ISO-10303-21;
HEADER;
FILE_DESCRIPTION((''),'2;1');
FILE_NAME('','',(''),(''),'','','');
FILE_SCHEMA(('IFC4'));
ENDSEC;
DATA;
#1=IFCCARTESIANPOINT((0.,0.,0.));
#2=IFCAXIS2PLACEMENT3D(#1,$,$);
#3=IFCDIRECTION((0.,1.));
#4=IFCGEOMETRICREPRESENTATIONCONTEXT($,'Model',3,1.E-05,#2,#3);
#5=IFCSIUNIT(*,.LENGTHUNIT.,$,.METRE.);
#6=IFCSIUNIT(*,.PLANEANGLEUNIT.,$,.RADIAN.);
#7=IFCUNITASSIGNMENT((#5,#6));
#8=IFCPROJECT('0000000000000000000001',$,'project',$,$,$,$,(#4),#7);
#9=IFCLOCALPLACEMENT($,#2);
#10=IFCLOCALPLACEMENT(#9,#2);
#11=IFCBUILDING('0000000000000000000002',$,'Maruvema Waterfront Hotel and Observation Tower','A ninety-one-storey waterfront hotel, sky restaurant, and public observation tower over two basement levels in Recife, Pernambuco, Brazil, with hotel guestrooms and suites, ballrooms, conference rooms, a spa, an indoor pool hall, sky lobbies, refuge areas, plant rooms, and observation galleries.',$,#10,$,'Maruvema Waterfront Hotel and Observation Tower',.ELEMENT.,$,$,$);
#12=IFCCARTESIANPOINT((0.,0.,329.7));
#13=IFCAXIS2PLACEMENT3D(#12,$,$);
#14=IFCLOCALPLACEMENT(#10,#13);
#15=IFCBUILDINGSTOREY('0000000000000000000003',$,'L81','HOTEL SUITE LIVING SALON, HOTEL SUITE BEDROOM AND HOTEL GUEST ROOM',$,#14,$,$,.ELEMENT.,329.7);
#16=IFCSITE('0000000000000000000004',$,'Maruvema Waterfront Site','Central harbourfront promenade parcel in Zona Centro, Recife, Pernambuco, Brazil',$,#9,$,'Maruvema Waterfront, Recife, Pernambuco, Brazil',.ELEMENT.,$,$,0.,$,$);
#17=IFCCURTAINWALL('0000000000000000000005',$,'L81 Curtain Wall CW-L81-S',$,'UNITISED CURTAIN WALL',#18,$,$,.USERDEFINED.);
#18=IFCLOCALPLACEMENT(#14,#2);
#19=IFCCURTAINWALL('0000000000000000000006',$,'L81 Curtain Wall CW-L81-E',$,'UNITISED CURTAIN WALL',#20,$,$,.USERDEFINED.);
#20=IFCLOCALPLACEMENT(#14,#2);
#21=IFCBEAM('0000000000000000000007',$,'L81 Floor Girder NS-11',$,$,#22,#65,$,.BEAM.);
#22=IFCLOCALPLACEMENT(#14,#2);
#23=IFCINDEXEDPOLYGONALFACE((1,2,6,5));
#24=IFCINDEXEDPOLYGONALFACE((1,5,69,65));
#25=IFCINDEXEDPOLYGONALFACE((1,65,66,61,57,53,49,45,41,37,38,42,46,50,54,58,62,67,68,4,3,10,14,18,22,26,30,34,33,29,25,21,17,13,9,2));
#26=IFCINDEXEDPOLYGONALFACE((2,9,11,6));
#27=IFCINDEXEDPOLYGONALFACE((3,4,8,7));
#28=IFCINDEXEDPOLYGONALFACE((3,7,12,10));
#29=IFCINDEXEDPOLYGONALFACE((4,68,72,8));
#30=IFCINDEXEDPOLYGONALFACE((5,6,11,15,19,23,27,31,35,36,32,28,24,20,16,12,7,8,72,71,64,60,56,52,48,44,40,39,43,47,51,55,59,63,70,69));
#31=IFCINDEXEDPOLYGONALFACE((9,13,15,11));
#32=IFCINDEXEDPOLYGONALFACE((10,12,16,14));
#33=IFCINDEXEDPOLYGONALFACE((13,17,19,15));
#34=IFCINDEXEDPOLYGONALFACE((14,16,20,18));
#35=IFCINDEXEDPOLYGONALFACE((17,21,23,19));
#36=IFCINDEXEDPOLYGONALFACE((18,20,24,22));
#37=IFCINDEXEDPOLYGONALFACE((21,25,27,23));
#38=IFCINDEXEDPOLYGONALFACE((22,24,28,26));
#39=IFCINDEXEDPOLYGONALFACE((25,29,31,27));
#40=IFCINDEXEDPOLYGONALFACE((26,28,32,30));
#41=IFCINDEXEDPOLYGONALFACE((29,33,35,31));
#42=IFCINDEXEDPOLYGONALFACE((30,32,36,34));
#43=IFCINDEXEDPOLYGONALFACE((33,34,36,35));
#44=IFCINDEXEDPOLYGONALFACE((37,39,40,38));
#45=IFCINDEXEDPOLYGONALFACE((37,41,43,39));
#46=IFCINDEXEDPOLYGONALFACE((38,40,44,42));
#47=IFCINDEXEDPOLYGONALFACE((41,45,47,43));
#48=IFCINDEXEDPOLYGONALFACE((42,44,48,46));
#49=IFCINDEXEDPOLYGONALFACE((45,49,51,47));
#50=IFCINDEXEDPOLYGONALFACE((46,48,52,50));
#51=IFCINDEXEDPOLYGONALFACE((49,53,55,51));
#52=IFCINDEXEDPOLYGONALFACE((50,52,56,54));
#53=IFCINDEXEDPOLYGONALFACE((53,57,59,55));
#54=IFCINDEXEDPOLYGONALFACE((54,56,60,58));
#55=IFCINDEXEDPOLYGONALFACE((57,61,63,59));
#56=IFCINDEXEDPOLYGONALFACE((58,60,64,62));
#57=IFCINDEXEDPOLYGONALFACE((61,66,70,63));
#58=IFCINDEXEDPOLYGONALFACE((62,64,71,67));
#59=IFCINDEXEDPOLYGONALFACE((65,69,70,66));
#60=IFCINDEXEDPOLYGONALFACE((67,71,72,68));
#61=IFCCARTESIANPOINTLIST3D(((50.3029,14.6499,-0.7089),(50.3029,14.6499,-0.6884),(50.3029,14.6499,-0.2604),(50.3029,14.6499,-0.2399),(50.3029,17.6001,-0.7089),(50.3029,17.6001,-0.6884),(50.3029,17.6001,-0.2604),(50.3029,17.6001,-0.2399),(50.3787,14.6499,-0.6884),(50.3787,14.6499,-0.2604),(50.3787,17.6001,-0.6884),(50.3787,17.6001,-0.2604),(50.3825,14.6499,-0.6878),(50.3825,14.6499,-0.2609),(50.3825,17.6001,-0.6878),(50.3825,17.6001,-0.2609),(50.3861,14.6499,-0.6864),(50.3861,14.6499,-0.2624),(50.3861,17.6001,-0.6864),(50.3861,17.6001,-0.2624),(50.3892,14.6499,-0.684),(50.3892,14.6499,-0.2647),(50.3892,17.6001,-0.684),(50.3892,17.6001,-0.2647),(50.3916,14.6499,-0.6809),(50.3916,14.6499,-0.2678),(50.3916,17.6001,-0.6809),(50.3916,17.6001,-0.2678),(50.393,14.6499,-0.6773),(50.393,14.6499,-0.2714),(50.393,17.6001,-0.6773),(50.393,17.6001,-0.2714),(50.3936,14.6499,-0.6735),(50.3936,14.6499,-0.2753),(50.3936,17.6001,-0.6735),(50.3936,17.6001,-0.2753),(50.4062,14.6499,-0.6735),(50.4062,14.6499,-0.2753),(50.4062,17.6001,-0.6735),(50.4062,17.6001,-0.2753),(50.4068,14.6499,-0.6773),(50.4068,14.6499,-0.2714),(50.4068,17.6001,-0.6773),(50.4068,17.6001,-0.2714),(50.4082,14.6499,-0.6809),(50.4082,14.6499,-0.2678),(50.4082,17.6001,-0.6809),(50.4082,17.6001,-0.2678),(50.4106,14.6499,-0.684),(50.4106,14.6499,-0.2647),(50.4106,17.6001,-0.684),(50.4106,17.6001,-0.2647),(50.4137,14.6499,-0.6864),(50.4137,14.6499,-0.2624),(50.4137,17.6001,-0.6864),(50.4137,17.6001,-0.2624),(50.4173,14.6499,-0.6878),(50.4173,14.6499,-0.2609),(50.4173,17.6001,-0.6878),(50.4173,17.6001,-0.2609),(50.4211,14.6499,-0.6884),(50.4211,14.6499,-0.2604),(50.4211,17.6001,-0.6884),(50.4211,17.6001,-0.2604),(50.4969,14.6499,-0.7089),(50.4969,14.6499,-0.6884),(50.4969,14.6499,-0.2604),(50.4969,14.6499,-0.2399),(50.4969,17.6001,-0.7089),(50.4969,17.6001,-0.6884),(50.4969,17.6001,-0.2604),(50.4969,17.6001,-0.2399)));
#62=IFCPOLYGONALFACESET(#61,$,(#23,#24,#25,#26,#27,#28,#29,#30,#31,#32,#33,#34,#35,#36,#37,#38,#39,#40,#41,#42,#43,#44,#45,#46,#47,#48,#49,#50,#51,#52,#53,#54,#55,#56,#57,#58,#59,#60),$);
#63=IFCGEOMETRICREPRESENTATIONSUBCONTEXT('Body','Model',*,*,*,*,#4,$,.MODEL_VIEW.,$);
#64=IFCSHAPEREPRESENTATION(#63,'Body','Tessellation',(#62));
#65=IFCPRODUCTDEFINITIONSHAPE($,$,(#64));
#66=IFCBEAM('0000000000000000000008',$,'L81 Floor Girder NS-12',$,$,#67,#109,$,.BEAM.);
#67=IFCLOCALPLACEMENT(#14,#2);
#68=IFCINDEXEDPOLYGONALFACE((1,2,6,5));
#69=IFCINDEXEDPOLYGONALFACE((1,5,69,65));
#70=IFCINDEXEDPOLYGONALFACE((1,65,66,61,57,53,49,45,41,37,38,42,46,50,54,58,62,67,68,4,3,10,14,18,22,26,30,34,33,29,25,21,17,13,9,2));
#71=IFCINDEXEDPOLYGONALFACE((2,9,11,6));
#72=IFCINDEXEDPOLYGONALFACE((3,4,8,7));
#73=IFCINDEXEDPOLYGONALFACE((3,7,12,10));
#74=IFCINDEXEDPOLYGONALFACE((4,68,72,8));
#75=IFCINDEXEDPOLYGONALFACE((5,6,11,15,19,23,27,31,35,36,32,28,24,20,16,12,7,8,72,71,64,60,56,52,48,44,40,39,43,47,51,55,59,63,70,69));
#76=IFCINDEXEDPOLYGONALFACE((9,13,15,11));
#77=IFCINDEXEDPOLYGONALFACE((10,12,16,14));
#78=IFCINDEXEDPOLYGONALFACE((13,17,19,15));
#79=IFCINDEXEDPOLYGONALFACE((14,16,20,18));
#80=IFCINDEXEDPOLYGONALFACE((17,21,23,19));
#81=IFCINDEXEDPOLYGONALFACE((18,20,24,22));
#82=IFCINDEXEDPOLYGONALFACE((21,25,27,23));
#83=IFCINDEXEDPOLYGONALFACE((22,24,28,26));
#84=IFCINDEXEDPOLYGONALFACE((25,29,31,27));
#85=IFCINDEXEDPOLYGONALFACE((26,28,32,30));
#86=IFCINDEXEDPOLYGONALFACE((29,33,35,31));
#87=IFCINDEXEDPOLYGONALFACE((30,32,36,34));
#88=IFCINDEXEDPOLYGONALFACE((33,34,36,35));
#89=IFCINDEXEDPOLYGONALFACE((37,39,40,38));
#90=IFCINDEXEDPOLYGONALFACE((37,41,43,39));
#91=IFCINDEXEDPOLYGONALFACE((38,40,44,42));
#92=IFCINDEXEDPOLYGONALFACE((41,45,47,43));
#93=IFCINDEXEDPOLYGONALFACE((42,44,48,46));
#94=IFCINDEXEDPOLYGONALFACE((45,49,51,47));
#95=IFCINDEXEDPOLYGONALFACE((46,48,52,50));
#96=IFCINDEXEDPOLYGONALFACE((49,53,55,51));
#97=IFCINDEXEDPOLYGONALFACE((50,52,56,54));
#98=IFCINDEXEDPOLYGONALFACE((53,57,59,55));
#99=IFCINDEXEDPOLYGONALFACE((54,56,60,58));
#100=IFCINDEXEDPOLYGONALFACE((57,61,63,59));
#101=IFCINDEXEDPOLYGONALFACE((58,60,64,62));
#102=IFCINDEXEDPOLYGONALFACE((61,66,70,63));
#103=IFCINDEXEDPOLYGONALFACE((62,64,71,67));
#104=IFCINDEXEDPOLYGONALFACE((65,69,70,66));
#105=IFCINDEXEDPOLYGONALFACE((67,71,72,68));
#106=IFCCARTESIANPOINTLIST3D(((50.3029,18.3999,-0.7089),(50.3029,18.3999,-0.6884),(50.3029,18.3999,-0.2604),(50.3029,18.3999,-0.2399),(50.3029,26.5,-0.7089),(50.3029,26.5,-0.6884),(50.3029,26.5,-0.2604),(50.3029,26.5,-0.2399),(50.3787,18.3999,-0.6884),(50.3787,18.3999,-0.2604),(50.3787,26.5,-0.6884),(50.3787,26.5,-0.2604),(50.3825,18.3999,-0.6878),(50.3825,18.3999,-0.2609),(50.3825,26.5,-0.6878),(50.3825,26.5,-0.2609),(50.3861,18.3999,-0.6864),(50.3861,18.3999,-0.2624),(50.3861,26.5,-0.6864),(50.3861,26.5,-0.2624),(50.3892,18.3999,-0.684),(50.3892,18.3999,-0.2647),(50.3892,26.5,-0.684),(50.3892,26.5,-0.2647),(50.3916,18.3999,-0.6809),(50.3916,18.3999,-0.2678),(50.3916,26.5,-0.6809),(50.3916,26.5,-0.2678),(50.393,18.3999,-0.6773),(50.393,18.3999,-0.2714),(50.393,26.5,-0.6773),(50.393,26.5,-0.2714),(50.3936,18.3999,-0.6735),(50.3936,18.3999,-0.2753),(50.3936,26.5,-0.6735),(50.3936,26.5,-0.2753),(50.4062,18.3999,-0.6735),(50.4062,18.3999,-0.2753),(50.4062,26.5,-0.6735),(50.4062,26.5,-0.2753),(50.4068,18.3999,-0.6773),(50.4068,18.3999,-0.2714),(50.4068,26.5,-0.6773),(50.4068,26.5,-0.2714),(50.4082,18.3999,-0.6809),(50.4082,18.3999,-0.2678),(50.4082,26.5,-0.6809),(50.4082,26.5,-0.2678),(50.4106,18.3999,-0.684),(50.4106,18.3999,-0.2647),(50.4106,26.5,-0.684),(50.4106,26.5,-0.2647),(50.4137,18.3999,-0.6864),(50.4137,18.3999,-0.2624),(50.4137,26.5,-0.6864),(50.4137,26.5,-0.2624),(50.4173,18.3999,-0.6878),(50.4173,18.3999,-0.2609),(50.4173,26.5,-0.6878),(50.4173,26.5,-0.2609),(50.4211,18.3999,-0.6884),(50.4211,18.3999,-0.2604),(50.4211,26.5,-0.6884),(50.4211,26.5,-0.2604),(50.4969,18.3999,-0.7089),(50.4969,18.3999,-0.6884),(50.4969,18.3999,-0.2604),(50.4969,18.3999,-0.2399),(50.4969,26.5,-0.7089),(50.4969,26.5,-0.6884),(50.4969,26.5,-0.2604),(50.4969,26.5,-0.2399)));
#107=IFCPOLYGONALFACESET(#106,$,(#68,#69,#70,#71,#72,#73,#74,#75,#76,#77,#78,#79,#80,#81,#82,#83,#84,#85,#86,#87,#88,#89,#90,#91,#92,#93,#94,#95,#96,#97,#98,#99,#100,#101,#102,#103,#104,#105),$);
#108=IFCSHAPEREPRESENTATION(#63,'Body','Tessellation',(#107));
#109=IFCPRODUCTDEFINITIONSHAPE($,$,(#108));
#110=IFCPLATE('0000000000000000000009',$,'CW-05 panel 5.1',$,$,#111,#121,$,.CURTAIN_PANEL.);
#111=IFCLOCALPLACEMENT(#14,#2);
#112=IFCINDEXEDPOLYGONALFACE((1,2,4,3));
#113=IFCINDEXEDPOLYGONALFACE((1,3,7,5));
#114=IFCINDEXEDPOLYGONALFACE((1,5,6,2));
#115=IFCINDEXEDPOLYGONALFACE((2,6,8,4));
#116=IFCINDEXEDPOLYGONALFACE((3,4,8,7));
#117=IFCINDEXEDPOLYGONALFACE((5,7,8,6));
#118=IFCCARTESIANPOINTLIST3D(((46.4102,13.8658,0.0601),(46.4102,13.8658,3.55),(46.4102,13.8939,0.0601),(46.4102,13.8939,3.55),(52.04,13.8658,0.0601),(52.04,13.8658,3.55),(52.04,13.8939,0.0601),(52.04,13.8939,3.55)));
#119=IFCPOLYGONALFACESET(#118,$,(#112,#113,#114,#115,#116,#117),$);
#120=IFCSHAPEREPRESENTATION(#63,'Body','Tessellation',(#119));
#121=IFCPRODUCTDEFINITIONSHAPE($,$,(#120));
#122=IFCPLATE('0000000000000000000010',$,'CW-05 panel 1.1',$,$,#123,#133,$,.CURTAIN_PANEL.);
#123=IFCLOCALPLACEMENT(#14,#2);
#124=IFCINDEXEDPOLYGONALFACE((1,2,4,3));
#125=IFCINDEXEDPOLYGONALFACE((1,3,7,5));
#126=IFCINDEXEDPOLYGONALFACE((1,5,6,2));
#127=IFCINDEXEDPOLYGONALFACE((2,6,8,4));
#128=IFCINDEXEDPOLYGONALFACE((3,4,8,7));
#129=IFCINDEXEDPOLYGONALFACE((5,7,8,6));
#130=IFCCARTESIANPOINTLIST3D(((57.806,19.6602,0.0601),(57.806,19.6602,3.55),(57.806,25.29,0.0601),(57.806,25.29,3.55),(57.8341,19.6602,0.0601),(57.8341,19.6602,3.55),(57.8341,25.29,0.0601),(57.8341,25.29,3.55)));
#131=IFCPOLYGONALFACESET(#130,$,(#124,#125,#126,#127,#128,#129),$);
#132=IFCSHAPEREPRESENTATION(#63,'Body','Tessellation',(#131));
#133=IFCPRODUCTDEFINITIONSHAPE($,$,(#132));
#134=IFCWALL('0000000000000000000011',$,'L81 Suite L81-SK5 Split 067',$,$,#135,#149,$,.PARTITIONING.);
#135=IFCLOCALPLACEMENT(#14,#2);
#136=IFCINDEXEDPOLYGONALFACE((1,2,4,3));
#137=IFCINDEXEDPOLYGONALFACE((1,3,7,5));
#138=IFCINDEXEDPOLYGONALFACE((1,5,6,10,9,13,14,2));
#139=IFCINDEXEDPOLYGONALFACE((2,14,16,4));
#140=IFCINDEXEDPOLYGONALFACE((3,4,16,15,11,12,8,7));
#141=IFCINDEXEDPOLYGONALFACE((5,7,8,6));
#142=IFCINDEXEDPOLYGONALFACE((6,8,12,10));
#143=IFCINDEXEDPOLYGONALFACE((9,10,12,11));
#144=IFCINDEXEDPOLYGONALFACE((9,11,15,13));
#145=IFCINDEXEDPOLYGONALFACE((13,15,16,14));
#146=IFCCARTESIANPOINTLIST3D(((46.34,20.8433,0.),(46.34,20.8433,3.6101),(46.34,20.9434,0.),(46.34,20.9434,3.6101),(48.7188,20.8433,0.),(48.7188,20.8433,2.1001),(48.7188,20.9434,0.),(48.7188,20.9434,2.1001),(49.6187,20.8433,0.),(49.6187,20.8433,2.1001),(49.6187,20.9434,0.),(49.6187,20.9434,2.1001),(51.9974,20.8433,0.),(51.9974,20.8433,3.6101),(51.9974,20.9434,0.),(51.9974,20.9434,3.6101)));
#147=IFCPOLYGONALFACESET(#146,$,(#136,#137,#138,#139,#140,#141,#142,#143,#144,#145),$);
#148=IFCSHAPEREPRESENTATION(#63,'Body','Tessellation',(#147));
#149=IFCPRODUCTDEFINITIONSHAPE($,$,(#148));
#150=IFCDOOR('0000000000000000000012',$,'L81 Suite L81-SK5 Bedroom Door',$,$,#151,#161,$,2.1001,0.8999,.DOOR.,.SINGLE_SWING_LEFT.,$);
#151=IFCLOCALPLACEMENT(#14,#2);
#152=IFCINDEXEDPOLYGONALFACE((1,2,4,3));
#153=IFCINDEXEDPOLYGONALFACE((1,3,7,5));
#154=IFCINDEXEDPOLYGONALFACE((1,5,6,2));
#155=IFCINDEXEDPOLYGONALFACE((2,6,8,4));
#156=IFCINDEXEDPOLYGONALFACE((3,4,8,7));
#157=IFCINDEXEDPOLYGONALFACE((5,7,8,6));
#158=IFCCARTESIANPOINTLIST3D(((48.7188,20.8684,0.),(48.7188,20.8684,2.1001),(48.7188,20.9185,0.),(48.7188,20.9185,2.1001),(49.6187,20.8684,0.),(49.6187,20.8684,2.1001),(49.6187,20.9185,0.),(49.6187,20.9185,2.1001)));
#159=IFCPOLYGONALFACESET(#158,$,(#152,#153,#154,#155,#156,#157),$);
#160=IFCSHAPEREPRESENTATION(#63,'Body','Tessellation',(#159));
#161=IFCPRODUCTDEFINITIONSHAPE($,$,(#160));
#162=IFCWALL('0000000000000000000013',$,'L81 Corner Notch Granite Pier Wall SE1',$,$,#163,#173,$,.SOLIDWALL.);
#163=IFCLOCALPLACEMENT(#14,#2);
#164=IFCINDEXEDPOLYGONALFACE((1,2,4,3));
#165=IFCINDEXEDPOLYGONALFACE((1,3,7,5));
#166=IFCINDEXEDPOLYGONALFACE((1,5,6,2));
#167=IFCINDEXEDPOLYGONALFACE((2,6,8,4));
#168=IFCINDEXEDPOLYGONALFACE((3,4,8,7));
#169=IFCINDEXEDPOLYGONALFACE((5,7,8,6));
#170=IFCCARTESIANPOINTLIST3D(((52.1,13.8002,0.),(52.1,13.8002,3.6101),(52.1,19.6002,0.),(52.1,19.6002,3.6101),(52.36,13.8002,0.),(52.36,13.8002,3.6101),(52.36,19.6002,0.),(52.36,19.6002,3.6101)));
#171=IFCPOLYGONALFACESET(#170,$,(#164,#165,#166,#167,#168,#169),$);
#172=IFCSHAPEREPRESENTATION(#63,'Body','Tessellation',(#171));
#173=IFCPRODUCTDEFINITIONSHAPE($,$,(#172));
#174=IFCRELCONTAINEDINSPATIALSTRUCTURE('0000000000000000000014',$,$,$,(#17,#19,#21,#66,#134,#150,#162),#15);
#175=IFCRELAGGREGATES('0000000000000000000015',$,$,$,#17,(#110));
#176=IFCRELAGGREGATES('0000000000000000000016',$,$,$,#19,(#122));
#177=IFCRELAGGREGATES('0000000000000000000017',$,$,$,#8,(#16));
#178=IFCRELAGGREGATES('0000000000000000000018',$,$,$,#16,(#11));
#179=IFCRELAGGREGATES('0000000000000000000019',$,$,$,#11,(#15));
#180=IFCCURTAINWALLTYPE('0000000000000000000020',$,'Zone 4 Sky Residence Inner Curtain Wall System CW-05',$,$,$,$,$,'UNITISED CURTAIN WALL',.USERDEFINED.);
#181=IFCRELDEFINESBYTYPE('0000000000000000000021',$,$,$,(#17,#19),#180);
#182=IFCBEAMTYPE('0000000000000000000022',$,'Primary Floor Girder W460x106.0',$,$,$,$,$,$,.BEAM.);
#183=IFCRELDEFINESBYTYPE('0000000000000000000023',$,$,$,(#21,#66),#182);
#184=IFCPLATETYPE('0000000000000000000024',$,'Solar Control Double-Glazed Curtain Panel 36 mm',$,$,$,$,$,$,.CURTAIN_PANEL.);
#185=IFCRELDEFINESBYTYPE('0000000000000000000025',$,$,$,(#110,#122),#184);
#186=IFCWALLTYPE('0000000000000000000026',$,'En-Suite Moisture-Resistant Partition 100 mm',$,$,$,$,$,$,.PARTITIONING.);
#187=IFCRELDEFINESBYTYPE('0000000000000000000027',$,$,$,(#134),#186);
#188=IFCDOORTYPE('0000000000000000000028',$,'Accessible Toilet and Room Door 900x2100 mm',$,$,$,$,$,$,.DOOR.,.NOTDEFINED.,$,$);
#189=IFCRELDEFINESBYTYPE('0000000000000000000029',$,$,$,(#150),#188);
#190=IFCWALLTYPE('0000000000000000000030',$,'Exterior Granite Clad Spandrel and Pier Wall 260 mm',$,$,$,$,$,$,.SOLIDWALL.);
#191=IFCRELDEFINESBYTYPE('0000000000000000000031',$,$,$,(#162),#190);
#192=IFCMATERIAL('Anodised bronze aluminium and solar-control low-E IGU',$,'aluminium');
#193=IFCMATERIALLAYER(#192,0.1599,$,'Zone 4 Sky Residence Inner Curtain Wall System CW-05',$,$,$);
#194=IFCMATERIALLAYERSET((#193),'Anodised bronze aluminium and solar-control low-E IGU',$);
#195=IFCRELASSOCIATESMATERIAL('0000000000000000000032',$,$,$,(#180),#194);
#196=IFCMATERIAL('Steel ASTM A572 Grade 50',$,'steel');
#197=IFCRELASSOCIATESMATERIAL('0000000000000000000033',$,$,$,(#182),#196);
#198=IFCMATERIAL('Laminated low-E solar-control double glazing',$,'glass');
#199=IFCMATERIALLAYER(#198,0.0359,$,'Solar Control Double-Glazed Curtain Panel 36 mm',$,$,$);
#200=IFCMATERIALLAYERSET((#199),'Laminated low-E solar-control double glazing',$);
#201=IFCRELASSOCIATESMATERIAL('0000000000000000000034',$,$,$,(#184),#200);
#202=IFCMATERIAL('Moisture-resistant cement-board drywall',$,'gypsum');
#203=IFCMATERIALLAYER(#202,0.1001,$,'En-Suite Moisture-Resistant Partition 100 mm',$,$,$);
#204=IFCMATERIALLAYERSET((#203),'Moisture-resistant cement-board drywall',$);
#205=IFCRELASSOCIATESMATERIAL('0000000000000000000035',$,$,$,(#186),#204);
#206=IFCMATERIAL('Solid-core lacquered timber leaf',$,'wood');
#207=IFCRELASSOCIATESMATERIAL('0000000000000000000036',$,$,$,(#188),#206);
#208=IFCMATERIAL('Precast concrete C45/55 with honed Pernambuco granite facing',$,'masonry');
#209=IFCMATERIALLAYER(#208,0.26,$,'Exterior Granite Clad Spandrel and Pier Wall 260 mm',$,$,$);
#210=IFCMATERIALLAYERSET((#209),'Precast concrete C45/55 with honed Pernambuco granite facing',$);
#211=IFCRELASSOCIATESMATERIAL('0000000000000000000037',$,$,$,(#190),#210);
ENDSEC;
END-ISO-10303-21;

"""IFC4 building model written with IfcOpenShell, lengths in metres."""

from ifc_helpers import new_model, si_unit, direction, frame, frame_2d, origin, origin_2d, place, context, subcontext, project, spatial, rectangle, i_section, extrude, material, layer, layer_set, material_profile, profile_set, type_object, element, fill, aggregate, save


model = new_model("IFC4")

# Units and contexts
model_context = context("Model", 3, precision=1e-05, world=origin(), true_north=direction((0.0, 1.0)))
body_context = subcontext(model_context, "Body", "Model", "MODEL_VIEW")
ifc_project = project(units=[si_unit("LENGTHUNIT", "METRE"), si_unit("PLANEANGLEUNIT", "RADIAN")], contexts=[model_context])

# Site, building, storey
site_placement = place(None, origin())
site = spatial("IfcSite", under=ifc_project, at=site_placement, Name="Maruvema Waterfront Site", Description="Central harbourfront promenade parcel in Zona Centro, Recife, Pernambuco, Brazil", LongName="Maruvema Waterfront, Recife, Pernambuco, Brazil", CompositionType="ELEMENT", RefElevation=0.0)
building_placement = place(site_placement, origin())
building = spatial("IfcBuilding", under=site, at=building_placement, Name="Maruvema Waterfront Hotel and Observation Tower", Description="A ninety-one-storey waterfront hotel, sky restaurant, and public observation tower over two basement levels in Recife, Pernambuco, Brazil, with hotel guestrooms and suites, ballrooms, conference rooms, a spa, an indoor pool hall, sky lobbies, refuge areas, plant rooms, and observation galleries.", LongName="Maruvema Waterfront Hotel and Observation Tower", CompositionType="ELEMENT")
storey_placement = place(building_placement, frame((0.0, 0.0, 329.7)))
storey = spatial("IfcBuildingStorey", under=building, at=storey_placement, Name="L81", Description="HOTEL SUITE LIVING SALON, HOTEL SUITE BEDROOM AND HOTEL GUEST ROOM", CompositionType="ELEMENT", Elevation=329.7)

# Curtain walls
ifc_material_1 = material(Name="Anodised bronze aluminium and solar-control low-E IGU", Category="aluminium")
ifc_layer_1 = layer(ifc_material_1, 0.1599, Name="Zone 4 Sky Residence Inner Curtain Wall System CW-05")
ifc_layer_set_1 = layer_set([ifc_layer_1], Name="Anodised bronze aluminium and solar-control low-E IGU")
curtain_wall_type = type_object("IfcCurtainWallType", Name="Zone 4 Sky Residence Inner Curtain Wall System CW-05", ElementType="UNITISED CURTAIN WALL", PredefinedType="USERDEFINED", material=ifc_layer_set_1)
curtain_wall_1_placement = place(storey_placement, origin())
curtain_wall_1 = element("IfcCurtainWall", 1, at=curtain_wall_1_placement, inside=storey, type_object=curtain_wall_type, Name="L81 Curtain Wall CW-L81-S", ObjectType="UNITISED CURTAIN WALL", PredefinedType="USERDEFINED")
curtain_wall_2_placement = place(storey_placement, origin())
curtain_wall_2 = element("IfcCurtainWall", 2, at=curtain_wall_2_placement, inside=storey, type_object=curtain_wall_type, Name="L81 Curtain Wall CW-L81-E", ObjectType="UNITISED CURTAIN WALL", PredefinedType="USERDEFINED")

# Beams
ifc_material_2 = material(Name="Steel ASTM A572 Grade 50", Category="steel")
ifc_material_profile_1 = material_profile(ifc_material_2, i_section(OverallWidth=0.1941, OverallDepth=0.469, WebThickness=0.0127, FlangeThickness=0.0205, FilletRadius=0.0149, at=origin_2d()), Name="W460x106.0")
ifc_profile_set_1 = profile_set([ifc_material_profile_1], Name="Steel ASTM A572 Grade 50")
beam_type = type_object("IfcBeamType", Name="Primary Floor Girder W460x106.0", PredefinedType="BEAM", material=ifc_profile_set_1)
beam_1_placement = place(storey_placement, frame((50.3999, 14.6499, -0.4744), z_axis=(0.0, 1.0, 0.0), x_axis=(-1.0, 0.0, 0.0)))
element("IfcBeam", 3, at=beam_1_placement, inside=storey, type_object=beam_type, Name="L81 Floor Girder NS-11", PredefinedType="BEAM", context=body_context, shape_type="SweptSolid", body=[
    extrude(i_section(OverallWidth=0.1941, OverallDepth=0.469, WebThickness=0.0127, FlangeThickness=0.0205, FilletRadius=0.0149, at=origin_2d()), origin(), (0.0, 0.0, 1.0), 2.9502),
])
beam_2_placement = place(storey_placement, frame((50.3999, 18.3999, -0.4744), z_axis=(0.0, 1.0, 0.0), x_axis=(-1.0, 0.0, 0.0)))
element("IfcBeam", 4, at=beam_2_placement, inside=storey, type_object=beam_type, Name="L81 Floor Girder NS-12", PredefinedType="BEAM", context=body_context, shape_type="SweptSolid", body=[
    extrude(i_section(OverallWidth=0.1941, OverallDepth=0.469, WebThickness=0.0127, FlangeThickness=0.0205, FilletRadius=0.0149, at=origin_2d()), origin(), (0.0, 0.0, 1.0), 8.1001),
])

# Plates
ifc_material_3 = material(Name="Laminated low-E solar-control double glazing", Category="glass")
ifc_layer_2 = layer(ifc_material_3, 0.0359, Name="Solar Control Double-Glazed Curtain Panel 36 mm")
ifc_layer_set_2 = layer_set([ifc_layer_2], Name="Laminated low-E solar-control double glazing")
plate_type = type_object("IfcPlateType", Name="Solar Control Double-Glazed Curtain Panel 36 mm", PredefinedType="CURTAIN_PANEL", material=ifc_layer_set_2)
plate_1_placement = place(storey_placement, frame((49.2251, 13.8799, 0.0601), z_axis=(0.0, 0.0, 1.0), x_axis=(1.0, 0.0, 0.0)))
plate_1 = element("IfcPlate", 5, at=plate_1_placement, type_object=plate_type, Name="CW-05 panel 5.1", PredefinedType="CURTAIN_PANEL", context=body_context, shape_type="SweptSolid", body=[
    extrude(rectangle(XDim=5.6299, YDim=0.0281, at=origin_2d()), origin(), (0.0, 0.0, 1.0), 3.49),
])
aggregate(curtain_wall_1, [plate_1])
plate_2_placement = place(storey_placement, frame((57.8201, 22.4751, 0.0601), z_axis=(0.0, 0.0, 1.0), x_axis=(0.0, 1.0, 0.0)))
plate_2 = element("IfcPlate", 6, at=plate_2_placement, type_object=plate_type, Name="CW-05 panel 1.1", PredefinedType="CURTAIN_PANEL", context=body_context, shape_type="SweptSolid", body=[
    extrude(rectangle(XDim=5.6299, YDim=0.0281, at=origin_2d()), origin(), (0.0, 0.0, 1.0), 3.49),
])
aggregate(curtain_wall_2, [plate_2])

# Wall, opening, door
ifc_material_4 = material(Name="Moisture-resistant cement-board drywall", Category="gypsum")
ifc_layer_3 = layer(ifc_material_4, 0.1001, Name="En-Suite Moisture-Resistant Partition 100 mm")
ifc_layer_set_3 = layer_set([ifc_layer_3], Name="Moisture-resistant cement-board drywall")
wall_type_1 = type_object("IfcWallType", Name="En-Suite Moisture-Resistant Partition 100 mm", PredefinedType="PARTITIONING", material=ifc_layer_set_3)
wall_1_placement = place(storey_placement, frame((46.3401, 20.8933, 0.0), z_axis=(0.0, 0.0, 1.0), x_axis=(1.0, 0.0, 0.0)))
wall_1 = element("IfcWall", 7, at=wall_1_placement, inside=storey, type_object=wall_type_1, Name="L81 Suite L81-SK5 Split 067", PredefinedType="PARTITIONING", context=body_context, shape_type="SweptSolid", body=[
    extrude(rectangle(XDim=5.6575, YDim=0.1001, at=frame_2d((2.8286, 0.0))), origin(), (0.0, 0.0, 1.0), 3.6101),
])
opening_1_placement = place(wall_1_placement, frame((2.3787, 0.0, 0.0)))
opening_1 = element("IfcOpeningElement", 8, at=opening_1_placement, cuts=wall_1, PredefinedType="OPENING", context=body_context, shape_type="SweptSolid", body=[
    extrude(rectangle(XDim=0.8999, YDim=2.1001, at=frame_2d((0.45, 1.05))), frame((0.0, 0.0601, 0.0), z_axis=(0.0, -1.0, 0.0), x_axis=(1.0, 0.0, 0.0)), (0.0, 0.0, 1.0), 0.1201),
])
ifc_material_5 = material(Name="Solid-core lacquered timber leaf", Category="wood")
door_type = type_object("IfcDoorType", Name="Accessible Toilet and Room Door 900x2100 mm", OperationType="NOTDEFINED", PredefinedType="DOOR", material=ifc_material_5)
door_placement = place(opening_1_placement, frame((0.8999, 0.0, 0.0), z_axis=(0.0, 0.0, 1.0), x_axis=(-1.0, 0.0, 0.0)))
door = element("IfcDoor", 9, at=door_placement, inside=storey, type_object=door_type, Name="L81 Suite L81-SK5 Bedroom Door", OperationType="SINGLE_SWING_LEFT", OverallHeight=2.1001, OverallWidth=0.8999, PredefinedType="DOOR", context=body_context, shape_type="SweptSolid", body=[
    extrude(rectangle(XDim=0.8999, YDim=2.1001, at=frame_2d((0.45, 1.05))), frame((0.0, 0.0249, 0.0), z_axis=(0.0, -1.0, 0.0), x_axis=(1.0, 0.0, 0.0)), (0.0, 0.0, 1.0), 0.05),
])
fill(opening_1, door)

# Wall
ifc_material_6 = material(Name="Precast concrete C45/55 with honed Pernambuco granite facing", Category="masonry")
ifc_layer_4 = layer(ifc_material_6, 0.26, Name="Exterior Granite Clad Spandrel and Pier Wall 260 mm")
ifc_layer_set_4 = layer_set([ifc_layer_4], Name="Precast concrete C45/55 with honed Pernambuco granite facing")
wall_type_2 = type_object("IfcWallType", Name="Exterior Granite Clad Spandrel and Pier Wall 260 mm", PredefinedType="SOLIDWALL", material=ifc_layer_set_4)
wall_2_placement = place(storey_placement, frame((52.23, 19.6001, 0.0), z_axis=(0.0, 0.0, 1.0), x_axis=(0.0, -1.0, 0.0)))
element("IfcWall", 10, at=wall_2_placement, inside=storey, type_object=wall_type_2, Name="L81 Corner Notch Granite Pier Wall SE1", PredefinedType="SOLIDWALL", context=body_context, shape_type="SweptSolid", body=[
    extrude(rectangle(XDim=5.8, YDim=0.26, at=frame_2d((2.8999, 0.0))), origin(), (0.0, 0.0, 1.0), 3.6101),
])

save(model, "model.ifc")
